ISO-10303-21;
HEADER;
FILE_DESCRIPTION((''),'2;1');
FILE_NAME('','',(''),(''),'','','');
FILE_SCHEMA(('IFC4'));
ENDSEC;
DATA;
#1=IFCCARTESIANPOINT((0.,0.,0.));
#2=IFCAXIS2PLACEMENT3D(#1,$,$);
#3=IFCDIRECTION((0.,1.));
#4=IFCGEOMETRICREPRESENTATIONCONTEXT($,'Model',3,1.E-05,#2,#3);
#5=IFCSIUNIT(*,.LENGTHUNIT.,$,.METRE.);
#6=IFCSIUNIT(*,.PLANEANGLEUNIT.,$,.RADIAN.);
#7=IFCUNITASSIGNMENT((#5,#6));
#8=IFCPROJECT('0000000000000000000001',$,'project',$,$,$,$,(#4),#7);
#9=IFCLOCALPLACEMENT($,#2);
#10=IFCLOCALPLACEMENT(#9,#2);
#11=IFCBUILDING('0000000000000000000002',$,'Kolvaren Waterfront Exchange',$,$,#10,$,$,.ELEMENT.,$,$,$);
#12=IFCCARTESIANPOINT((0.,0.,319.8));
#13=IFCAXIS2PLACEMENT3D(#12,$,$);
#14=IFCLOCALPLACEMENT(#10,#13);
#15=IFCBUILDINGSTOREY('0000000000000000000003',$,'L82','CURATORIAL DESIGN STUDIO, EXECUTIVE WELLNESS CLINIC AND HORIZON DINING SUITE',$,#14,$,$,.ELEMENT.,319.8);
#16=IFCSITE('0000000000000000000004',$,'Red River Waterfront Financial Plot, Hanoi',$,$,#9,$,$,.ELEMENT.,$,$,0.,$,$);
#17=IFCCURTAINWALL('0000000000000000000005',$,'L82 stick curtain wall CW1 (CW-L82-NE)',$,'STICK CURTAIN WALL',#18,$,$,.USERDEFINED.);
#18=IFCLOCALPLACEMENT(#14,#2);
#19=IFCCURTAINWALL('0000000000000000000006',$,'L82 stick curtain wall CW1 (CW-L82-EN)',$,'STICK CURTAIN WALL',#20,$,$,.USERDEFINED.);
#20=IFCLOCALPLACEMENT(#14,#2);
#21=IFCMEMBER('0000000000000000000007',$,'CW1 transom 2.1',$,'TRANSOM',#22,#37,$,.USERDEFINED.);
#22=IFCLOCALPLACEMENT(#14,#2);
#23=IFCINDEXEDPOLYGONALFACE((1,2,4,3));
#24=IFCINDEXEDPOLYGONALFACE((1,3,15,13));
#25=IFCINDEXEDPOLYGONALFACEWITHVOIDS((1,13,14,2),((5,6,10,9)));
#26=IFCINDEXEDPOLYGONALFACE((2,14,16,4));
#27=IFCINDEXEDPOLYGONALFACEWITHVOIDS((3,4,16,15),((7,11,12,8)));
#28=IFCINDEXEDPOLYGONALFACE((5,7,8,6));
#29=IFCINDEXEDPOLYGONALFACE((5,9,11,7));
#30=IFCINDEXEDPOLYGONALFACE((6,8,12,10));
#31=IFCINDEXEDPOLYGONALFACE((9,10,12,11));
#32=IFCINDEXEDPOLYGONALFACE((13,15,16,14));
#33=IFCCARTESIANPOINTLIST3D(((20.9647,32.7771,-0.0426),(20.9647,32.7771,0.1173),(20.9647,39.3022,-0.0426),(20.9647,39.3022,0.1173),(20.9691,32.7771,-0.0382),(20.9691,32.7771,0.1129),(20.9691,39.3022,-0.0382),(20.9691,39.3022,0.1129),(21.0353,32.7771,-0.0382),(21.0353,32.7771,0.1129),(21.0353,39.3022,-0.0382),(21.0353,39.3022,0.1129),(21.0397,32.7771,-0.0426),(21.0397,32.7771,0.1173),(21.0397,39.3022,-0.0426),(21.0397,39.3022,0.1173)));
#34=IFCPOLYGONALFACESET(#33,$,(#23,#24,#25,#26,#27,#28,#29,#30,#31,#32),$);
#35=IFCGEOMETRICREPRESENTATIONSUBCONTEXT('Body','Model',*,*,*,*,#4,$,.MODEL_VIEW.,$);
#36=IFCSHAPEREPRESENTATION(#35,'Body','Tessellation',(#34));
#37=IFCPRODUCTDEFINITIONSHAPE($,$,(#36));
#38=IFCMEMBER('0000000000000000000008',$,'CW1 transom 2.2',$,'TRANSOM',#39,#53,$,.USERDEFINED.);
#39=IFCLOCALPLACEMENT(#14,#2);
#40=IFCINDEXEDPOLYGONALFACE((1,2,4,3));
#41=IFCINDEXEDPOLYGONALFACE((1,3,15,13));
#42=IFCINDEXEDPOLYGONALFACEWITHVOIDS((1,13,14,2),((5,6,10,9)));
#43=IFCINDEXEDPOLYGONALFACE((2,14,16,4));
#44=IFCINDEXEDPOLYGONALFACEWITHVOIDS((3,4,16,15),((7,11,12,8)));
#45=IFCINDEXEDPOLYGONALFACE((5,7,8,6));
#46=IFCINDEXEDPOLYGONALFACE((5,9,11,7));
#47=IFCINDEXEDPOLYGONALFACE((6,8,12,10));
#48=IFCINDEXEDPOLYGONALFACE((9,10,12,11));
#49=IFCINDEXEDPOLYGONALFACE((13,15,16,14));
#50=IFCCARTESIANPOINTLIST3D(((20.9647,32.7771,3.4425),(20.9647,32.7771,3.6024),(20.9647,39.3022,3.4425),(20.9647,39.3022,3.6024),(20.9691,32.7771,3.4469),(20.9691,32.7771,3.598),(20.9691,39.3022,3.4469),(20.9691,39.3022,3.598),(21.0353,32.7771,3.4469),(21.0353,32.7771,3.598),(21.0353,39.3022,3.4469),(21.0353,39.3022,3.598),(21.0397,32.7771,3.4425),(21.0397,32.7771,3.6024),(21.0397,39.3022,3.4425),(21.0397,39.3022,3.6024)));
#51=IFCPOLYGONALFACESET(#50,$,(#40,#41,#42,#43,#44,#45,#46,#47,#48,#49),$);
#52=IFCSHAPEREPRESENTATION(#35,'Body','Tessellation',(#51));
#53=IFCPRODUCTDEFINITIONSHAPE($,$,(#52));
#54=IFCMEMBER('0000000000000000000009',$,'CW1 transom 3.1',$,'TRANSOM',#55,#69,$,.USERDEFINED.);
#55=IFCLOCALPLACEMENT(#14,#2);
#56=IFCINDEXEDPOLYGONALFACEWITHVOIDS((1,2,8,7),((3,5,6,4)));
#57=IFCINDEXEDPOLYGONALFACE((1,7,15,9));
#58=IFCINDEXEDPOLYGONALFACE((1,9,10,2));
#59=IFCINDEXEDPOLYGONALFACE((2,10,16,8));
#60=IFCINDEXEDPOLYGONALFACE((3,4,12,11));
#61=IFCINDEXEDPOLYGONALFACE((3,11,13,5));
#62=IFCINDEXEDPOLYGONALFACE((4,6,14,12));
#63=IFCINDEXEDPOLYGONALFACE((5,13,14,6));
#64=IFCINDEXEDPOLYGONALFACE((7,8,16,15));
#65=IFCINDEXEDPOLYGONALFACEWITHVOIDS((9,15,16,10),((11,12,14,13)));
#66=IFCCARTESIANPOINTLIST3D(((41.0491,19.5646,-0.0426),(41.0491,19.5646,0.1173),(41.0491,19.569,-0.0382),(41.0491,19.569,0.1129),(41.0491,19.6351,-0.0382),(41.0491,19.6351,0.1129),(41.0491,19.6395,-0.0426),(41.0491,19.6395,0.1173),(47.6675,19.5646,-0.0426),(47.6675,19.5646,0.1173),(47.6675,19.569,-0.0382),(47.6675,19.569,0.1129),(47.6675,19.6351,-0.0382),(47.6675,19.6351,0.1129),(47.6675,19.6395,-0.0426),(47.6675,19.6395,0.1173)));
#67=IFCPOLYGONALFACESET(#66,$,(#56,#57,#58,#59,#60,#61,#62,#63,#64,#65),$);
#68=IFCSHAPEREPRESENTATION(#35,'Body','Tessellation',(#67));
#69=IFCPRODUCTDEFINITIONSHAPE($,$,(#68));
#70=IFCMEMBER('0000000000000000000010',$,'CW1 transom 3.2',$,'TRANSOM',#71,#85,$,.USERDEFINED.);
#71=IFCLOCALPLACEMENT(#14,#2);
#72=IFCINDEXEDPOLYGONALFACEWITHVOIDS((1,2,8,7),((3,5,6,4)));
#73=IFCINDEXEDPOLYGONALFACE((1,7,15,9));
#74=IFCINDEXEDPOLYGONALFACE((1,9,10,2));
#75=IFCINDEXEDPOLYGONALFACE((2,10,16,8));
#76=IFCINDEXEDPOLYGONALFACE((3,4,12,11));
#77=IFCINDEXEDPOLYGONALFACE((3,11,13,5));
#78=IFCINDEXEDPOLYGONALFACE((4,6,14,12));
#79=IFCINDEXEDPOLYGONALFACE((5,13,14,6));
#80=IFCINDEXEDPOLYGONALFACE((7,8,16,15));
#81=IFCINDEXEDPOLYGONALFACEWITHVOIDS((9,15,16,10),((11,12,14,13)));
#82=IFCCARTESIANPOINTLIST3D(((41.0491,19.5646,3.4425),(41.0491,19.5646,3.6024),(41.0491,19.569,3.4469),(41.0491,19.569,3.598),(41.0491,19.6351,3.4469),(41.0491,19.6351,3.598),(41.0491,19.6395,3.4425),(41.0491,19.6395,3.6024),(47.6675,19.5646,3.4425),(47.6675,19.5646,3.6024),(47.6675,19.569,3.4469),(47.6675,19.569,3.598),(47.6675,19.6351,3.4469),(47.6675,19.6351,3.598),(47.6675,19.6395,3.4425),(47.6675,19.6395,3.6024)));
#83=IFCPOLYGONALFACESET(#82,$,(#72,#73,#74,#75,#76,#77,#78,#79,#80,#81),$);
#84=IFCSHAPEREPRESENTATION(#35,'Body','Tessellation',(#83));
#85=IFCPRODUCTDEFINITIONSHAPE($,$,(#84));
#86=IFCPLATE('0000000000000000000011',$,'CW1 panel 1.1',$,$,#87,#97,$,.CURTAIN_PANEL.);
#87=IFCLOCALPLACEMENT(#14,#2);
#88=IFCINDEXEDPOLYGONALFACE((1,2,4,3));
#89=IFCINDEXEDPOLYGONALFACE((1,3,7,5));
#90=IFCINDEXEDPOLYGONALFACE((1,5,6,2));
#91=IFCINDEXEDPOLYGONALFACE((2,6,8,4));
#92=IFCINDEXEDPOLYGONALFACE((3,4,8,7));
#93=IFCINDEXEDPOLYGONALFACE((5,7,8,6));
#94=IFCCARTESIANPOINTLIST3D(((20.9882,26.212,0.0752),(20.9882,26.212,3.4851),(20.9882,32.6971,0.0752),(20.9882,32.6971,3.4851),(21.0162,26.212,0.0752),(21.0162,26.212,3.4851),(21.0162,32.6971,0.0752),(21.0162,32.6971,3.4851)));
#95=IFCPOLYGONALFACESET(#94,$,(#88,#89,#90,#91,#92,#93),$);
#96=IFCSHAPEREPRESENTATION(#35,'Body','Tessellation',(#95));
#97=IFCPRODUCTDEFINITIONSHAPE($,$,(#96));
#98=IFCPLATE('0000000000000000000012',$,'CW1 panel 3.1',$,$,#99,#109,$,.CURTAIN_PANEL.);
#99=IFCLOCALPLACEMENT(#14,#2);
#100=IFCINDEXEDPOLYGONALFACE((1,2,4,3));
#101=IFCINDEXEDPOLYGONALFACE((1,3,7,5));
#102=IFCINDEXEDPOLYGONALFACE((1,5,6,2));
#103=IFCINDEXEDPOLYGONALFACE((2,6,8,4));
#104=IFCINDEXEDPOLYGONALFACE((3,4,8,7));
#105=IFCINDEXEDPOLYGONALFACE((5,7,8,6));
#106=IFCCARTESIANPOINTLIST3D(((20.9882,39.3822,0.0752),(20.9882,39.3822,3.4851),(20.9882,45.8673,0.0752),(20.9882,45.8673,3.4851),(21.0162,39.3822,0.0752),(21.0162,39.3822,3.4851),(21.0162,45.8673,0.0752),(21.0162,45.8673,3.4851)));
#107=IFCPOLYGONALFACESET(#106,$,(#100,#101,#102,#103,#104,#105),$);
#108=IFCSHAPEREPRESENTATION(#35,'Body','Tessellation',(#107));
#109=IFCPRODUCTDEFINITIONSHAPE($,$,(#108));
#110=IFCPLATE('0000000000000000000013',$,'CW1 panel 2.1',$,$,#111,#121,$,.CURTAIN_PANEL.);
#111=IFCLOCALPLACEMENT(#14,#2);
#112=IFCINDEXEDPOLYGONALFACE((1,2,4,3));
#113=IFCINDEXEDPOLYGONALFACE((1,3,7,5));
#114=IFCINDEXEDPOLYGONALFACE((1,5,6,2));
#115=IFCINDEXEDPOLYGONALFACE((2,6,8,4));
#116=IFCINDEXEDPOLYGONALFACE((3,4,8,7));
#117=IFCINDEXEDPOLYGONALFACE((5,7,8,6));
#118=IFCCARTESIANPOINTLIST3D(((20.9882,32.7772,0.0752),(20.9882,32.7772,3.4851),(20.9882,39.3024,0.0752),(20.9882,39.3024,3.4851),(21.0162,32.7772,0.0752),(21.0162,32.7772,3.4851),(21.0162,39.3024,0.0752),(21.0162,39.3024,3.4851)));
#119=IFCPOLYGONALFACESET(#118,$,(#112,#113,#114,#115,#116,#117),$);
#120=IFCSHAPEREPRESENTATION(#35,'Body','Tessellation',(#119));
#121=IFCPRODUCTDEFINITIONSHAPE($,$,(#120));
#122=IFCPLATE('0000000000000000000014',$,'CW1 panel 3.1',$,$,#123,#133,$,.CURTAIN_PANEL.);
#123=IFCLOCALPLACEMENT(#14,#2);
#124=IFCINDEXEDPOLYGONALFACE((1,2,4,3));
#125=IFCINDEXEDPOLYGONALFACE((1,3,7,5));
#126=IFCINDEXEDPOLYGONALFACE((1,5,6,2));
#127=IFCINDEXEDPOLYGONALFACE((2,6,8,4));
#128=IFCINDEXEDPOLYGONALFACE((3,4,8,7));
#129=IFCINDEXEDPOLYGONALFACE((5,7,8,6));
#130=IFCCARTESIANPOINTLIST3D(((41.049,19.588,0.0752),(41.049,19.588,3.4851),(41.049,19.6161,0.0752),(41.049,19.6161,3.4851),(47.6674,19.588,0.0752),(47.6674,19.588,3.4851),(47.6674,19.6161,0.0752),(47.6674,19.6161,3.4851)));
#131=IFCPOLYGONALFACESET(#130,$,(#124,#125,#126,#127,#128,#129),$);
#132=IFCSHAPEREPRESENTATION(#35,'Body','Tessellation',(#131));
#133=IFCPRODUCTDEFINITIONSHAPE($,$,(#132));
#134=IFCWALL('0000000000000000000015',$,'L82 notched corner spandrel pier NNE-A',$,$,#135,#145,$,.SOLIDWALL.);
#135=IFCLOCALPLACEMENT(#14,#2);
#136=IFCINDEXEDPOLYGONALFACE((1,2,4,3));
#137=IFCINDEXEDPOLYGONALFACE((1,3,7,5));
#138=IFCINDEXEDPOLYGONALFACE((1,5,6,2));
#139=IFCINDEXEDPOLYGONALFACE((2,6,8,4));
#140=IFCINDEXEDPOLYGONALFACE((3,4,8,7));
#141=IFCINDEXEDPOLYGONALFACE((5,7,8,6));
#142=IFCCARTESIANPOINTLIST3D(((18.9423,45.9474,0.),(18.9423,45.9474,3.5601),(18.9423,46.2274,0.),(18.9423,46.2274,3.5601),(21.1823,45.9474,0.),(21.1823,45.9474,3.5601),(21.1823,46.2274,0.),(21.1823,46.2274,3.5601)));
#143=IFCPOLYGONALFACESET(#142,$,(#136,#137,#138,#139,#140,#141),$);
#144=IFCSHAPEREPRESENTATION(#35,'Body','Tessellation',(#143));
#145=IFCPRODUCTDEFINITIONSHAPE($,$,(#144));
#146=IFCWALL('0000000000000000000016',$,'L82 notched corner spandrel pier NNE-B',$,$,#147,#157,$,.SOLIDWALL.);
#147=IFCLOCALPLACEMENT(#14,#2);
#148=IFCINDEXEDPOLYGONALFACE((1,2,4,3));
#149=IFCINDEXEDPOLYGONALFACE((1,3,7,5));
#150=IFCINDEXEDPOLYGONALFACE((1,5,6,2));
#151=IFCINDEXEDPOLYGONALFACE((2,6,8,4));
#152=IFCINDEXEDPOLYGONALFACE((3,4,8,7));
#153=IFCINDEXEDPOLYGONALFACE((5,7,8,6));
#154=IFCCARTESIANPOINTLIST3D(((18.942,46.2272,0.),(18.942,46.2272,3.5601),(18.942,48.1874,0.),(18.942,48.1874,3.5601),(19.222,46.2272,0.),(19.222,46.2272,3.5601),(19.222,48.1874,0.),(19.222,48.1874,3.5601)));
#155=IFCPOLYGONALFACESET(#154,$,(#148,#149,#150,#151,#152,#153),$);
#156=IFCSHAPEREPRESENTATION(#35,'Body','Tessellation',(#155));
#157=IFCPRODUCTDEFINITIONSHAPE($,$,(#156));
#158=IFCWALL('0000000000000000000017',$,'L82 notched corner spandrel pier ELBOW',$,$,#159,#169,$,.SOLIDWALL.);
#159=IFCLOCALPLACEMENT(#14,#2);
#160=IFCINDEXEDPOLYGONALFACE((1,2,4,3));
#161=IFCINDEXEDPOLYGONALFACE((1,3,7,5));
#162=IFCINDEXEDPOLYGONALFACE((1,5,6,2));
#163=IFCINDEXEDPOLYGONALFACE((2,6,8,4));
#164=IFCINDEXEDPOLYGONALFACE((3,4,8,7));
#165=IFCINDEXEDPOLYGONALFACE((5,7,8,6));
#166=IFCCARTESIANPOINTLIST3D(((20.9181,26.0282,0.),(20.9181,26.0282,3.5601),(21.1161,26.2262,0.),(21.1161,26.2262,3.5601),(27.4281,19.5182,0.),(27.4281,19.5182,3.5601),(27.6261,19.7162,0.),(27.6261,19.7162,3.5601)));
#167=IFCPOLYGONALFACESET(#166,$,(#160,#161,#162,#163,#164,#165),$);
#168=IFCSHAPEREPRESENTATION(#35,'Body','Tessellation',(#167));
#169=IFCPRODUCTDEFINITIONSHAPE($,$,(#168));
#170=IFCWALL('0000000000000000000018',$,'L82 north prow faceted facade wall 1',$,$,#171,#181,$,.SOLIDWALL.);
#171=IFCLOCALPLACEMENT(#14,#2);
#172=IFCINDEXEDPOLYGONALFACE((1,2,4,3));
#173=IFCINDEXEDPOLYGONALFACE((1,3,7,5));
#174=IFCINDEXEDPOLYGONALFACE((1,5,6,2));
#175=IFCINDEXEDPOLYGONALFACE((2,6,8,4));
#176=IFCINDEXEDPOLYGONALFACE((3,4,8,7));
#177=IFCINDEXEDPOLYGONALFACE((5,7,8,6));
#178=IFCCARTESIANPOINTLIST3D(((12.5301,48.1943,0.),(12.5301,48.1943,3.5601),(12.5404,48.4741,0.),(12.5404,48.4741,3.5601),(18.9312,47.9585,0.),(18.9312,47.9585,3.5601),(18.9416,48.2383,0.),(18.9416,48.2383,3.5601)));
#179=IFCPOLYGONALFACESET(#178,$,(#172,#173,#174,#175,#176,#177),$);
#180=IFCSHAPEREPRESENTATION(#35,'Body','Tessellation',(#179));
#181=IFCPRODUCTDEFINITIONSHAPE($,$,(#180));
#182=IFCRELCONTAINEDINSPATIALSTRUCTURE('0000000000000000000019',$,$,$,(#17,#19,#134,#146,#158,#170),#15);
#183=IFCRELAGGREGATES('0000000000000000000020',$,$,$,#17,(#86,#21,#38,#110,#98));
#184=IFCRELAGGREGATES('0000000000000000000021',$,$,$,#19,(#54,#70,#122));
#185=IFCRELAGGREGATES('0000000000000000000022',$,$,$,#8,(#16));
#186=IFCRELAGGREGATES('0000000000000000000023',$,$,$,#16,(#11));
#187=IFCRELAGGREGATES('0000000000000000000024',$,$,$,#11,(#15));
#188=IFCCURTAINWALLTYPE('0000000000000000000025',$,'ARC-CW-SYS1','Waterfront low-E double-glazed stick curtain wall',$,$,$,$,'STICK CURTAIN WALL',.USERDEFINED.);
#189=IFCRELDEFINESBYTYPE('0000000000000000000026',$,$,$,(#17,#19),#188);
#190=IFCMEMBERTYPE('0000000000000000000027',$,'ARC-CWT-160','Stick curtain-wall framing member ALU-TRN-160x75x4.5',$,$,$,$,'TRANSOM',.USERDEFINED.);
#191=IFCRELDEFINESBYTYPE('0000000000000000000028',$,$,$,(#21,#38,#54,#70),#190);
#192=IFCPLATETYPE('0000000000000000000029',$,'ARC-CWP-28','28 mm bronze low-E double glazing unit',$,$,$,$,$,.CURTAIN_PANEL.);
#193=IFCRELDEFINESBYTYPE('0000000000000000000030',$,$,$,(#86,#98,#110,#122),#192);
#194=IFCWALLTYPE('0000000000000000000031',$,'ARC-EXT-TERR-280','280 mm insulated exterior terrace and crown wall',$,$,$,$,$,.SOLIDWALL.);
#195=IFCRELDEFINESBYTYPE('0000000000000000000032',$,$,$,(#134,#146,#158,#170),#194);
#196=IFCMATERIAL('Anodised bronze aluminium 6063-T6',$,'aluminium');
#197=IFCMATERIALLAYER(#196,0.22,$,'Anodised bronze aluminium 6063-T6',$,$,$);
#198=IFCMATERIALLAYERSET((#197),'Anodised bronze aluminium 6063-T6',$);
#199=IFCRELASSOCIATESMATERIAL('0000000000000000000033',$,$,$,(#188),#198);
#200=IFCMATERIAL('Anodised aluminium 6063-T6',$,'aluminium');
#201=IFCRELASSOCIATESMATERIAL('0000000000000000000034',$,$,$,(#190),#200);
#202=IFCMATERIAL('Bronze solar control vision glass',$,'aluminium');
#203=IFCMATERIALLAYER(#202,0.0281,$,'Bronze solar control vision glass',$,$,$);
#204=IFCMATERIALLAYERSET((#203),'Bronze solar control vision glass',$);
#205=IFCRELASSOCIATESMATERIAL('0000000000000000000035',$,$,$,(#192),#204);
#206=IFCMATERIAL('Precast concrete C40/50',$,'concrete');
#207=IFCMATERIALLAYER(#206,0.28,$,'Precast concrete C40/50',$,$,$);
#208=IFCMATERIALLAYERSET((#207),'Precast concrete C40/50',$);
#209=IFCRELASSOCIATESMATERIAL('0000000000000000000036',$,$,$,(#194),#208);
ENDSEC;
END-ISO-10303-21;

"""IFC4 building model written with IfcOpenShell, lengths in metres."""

from ifc_helpers import new_model, si_unit, direction, frame, frame_2d, origin, origin_with_axes, origin_2d, place, context, subcontext, project, spatial, rectangle, hollow_rectangle, extrude, source, transform, mapped, material, layer, layer_set, material_profile, profile_set, type_object, element, aggregate, save


model = new_model("IFC4")

# Units and contexts
model_context = context("Model", 3, precision=1e-05, world=origin(), true_north=direction((0.0, 1.0)))
body_context = subcontext(model_context, "Body", "Model", "MODEL_VIEW")
ifc_project = project(units=[si_unit("LENGTHUNIT", "METRE"), si_unit("PLANEANGLEUNIT", "RADIAN")], contexts=[model_context])

# Site, building, storey
site_placement = place(None, origin())
site = spatial("IfcSite", under=ifc_project, at=site_placement, Name="Red River Waterfront Financial Plot, Hanoi", CompositionType="ELEMENT", RefElevation=0.0)
building_placement = place(site_placement, origin())
building = spatial("IfcBuilding", under=site, at=building_placement, Name="Kolvaren Waterfront Exchange", CompositionType="ELEMENT")
storey_placement = place(building_placement, frame((0.0, 0.0, 319.8)))
storey = spatial("IfcBuildingStorey", under=building, at=storey_placement, Name="L82", Description="CURATORIAL DESIGN STUDIO, EXECUTIVE WELLNESS CLINIC AND HORIZON DINING SUITE", CompositionType="ELEMENT", Elevation=319.8)

# Curtain walls
ifc_material_1 = material(Name="Anodised bronze aluminium 6063-T6", Category="aluminium")
ifc_layer_1 = layer(ifc_material_1, 0.22, Name="Anodised bronze aluminium 6063-T6")
ifc_layer_set_1 = layer_set([ifc_layer_1], Name="Anodised bronze aluminium 6063-T6")
curtain_wall_type = type_object("IfcCurtainWallType", Name="ARC-CW-SYS1", Description="Waterfront low-E double-glazed stick curtain wall", ElementType="STICK CURTAIN WALL", PredefinedType="USERDEFINED", material=ifc_layer_set_1)
curtain_wall_1_placement = place(storey_placement, origin())
curtain_wall_1 = element("IfcCurtainWall", 1, at=curtain_wall_1_placement, inside=storey, type_object=curtain_wall_type, Name="L82 stick curtain wall CW1 (CW-L82-NE)", ObjectType="STICK CURTAIN WALL", PredefinedType="USERDEFINED")
ifc_material_2 = material(Name="Anodised aluminium 6063-T6", Category="aluminium")
curtain_wall_2_placement = place(storey_placement, origin())
curtain_wall_2 = element("IfcCurtainWall", 2, at=curtain_wall_2_placement, inside=storey, type_object=curtain_wall_type, Name="L82 stick curtain wall CW1 (CW-L82-EN)", ObjectType="STICK CURTAIN WALL", PredefinedType="USERDEFINED")

# Members
ifc_material_profile_1 = material_profile(ifc_material_2, hollow_rectangle(XDim=0.075, YDim=0.1599, WallThickness=0.0044, at=origin_2d()), Name="ALU-TRN-160x75x4.5")
ifc_profile_set_1 = profile_set([ifc_material_profile_1], Name="Anodised aluminium 6063-T6")
member_type_1 = type_object("IfcMemberType", Name="ARC-CWT-160", Description="Stick curtain-wall framing member ALU-TRN-160x75x4.5", ElementType="TRANSOM", PredefinedType="USERDEFINED", material=ifc_profile_set_1)
shared_shape_1 = source(origin_with_axes(), body_context, "Body", "SweptSolid", [
    extrude(hollow_rectangle(XDim=0.075, YDim=0.1599, WallThickness=0.0044, at=origin_2d()), origin(), (0.0, 0.0, 1.0), 6.5251),
])
member_1_placement = place(storey_placement, frame((21.0022, 32.7771, 0.0374), z_axis=(0.0, 1.0, 0.0), x_axis=(-1.0, 0.0, 0.0)))
member_1 = element("IfcMember", 3, at=member_1_placement, type_object=member_type_1, Name="CW1 transom 2.1", ObjectType="TRANSOM", PredefinedType="USERDEFINED", context=body_context, shape_type="MappedRepresentation", body=[
    mapped(shared_shape_1, transform((0.0, 0.0, 0.0), x_axis=(1.0, 0.0, 0.0), y_axis=(0.0, 1.0, 0.0), z_axis=(0.0, 0.0, 1.0), scale=1.0)),
])
member_2_placement = place(storey_placement, frame((21.0022, 32.7771, 3.5225), z_axis=(0.0, 1.0, 0.0), x_axis=(-1.0, 0.0, 0.0)))
member_2 = element("IfcMember", 4, at=member_2_placement, type_object=member_type_1, Name="CW1 transom 2.2", ObjectType="TRANSOM", PredefinedType="USERDEFINED", context=body_context, shape_type="MappedRepresentation", body=[
    mapped(shared_shape_1, transform((0.0, 0.0, 0.0), x_axis=(1.0, 0.0, 0.0), y_axis=(0.0, 1.0, 0.0), z_axis=(0.0, 0.0, 1.0), scale=1.0)),
])
shared_shape_2 = source(origin_with_axes(), body_context, "Body", "SweptSolid", [
    extrude(hollow_rectangle(XDim=0.075, YDim=0.1599, WallThickness=0.0044, at=origin_2d()), origin(), (0.0, 0.0, 1.0), 6.6184),
])
member_3_placement = place(storey_placement, frame((41.0491, 19.6021, 0.0374), z_axis=(1.0, 0.0, 0.0), x_axis=(0.0, 1.0, 0.0)))
member_3 = element("IfcMember", 5, at=member_3_placement, type_object=member_type_1, Name="CW1 transom 3.1", ObjectType="TRANSOM", PredefinedType="USERDEFINED", context=body_context, shape_type="MappedRepresentation", body=[
    mapped(shared_shape_2, transform((0.0, 0.0, 0.0), x_axis=(1.0, 0.0, 0.0), y_axis=(0.0, 1.0, 0.0), z_axis=(0.0, 0.0, 1.0), scale=1.0)),
])
member_4_placement = place(storey_placement, frame((41.0491, 19.6021, 3.5225), z_axis=(1.0, 0.0, 0.0), x_axis=(0.0, 1.0, 0.0)))
member_4 = element("IfcMember", 6, at=member_4_placement, type_object=member_type_1, Name="CW1 transom 3.2", ObjectType="TRANSOM", PredefinedType="USERDEFINED", context=body_context, shape_type="MappedRepresentation", body=[
    mapped(shared_shape_2, transform((0.0, 0.0, 0.0), x_axis=(1.0, 0.0, 0.0), y_axis=(0.0, 1.0, 0.0), z_axis=(0.0, 0.0, 1.0), scale=1.0)),
])

# Plates
ifc_material_3 = material(Name="Bronze solar control vision glass", Category="aluminium")
ifc_layer_2 = layer(ifc_material_3, 0.0281, Name="Bronze solar control vision glass")
ifc_layer_set_2 = layer_set([ifc_layer_2], Name="Bronze solar control vision glass")
plate_type = type_object("IfcPlateType", Name="ARC-CWP-28", Description="28 mm bronze low-E double glazing unit", PredefinedType="CURTAIN_PANEL", material=ifc_layer_set_2)
shared_shape_3 = source(origin_with_axes(), body_context, "Body", "SweptSolid", [
    extrude(rectangle(XDim=6.4851, YDim=0.0281, at=origin_2d()), origin(), (0.0, 0.0, 1.0), 3.4099),
])
plate_1_placement = place(storey_placement, frame((21.0022, 29.4546, 0.0752), z_axis=(0.0, 0.0, 1.0), x_axis=(0.0, 1.0, 0.0)))
plate_1 = element("IfcPlate", 7, at=plate_1_placement, type_object=plate_type, Name="CW1 panel 1.1", PredefinedType="CURTAIN_PANEL", context=body_context, shape_type="MappedRepresentation", body=[
    mapped(shared_shape_3, transform((0.0, 0.0, 0.0), x_axis=(1.0, 0.0, 0.0), y_axis=(0.0, 1.0, 0.0), z_axis=(0.0, 0.0, 1.0), scale=1.0)),
])
plate_2_placement = place(storey_placement, frame((21.0022, 42.6248, 0.0752), z_axis=(0.0, 0.0, 1.0), x_axis=(0.0, 1.0, 0.0)))
plate_2 = element("IfcPlate", 8, at=plate_2_placement, type_object=plate_type, Name="CW1 panel 3.1", PredefinedType="CURTAIN_PANEL", context=body_context, shape_type="MappedRepresentation", body=[
    mapped(shared_shape_3, transform((0.0, 0.0, 0.0), x_axis=(1.0, 0.0, 0.0), y_axis=(0.0, 1.0, 0.0), z_axis=(0.0, 0.0, 1.0), scale=1.0)),
])
shared_shape_4 = source(origin_with_axes(), body_context, "Body", "SweptSolid", [
    extrude(rectangle(XDim=6.5251, YDim=0.0281, at=origin_2d()), origin(), (0.0, 0.0, 1.0), 3.4099),
])
plate_3_placement = place(storey_placement, frame((21.0022, 36.0398, 0.0752), z_axis=(0.0, 0.0, 1.0), x_axis=(0.0, 1.0, 0.0)))
plate_3 = element("IfcPlate", 9, at=plate_3_placement, type_object=plate_type, Name="CW1 panel 2.1", PredefinedType="CURTAIN_PANEL", context=body_context, shape_type="MappedRepresentation", body=[
    mapped(shared_shape_4, transform((0.0, 0.0, 0.0), x_axis=(1.0, 0.0, 0.0), y_axis=(0.0, 1.0, 0.0), z_axis=(0.0, 0.0, 1.0), scale=1.0)),
])
aggregate(curtain_wall_1, [plate_1, member_1, member_2, plate_3, plate_2])
shared_shape_5 = source(origin_with_axes(), body_context, "Body", "SweptSolid", [
    extrude(rectangle(XDim=6.6184, YDim=0.0281, at=origin_2d()), origin(), (0.0, 0.0, 1.0), 3.4099),
])
plate_4_placement = place(storey_placement, frame((44.3582, 19.6021, 0.0752), z_axis=(0.0, 0.0, 1.0), x_axis=(1.0, 0.0, 0.0)))
plate_4 = element("IfcPlate", 10, at=plate_4_placement, type_object=plate_type, Name="CW1 panel 3.1", PredefinedType="CURTAIN_PANEL", context=body_context, shape_type="MappedRepresentation", body=[
    mapped(shared_shape_5, transform((0.0, 0.0, 0.0), x_axis=(1.0, 0.0, 0.0), y_axis=(0.0, 1.0, 0.0), z_axis=(0.0, 0.0, 1.0), scale=1.0)),
])
aggregate(curtain_wall_2, [member_3, member_4, plate_4])

# Walls
ifc_material_4 = material(Name="Precast concrete C40/50", Category="concrete")
ifc_layer_3 = layer(ifc_material_4, 0.28, Name="Precast concrete C40/50")
ifc_layer_set_3 = layer_set([ifc_layer_3], Name="Precast concrete C40/50")
wall_type = type_object("IfcWallType", Name="ARC-EXT-TERR-280", Description="280 mm insulated exterior terrace and crown wall", PredefinedType="SOLIDWALL", material=ifc_layer_set_3)
wall_1_placement = place(storey_placement, frame((18.9421, 46.0874, 0.0), z_axis=(0.0, 0.0, 1.0), x_axis=(1.0, 0.0, 0.0)))
element("IfcWall", 11, at=wall_1_placement, inside=storey, type_object=wall_type, Name="L82 notched corner spandrel pier NNE-A", PredefinedType="SOLIDWALL", context=body_context, shape_type="SweptSolid", body=[
    extrude(rectangle(XDim=2.24, YDim=0.28, at=frame_2d((1.1201, 0.0))), origin(), (0.0, 0.0, 1.0), 3.5601),
])
wall_2_placement = place(storey_placement, frame((19.082, 46.2273, 0.0), z_axis=(0.0, 0.0, 1.0), x_axis=(0.0, 1.0, 0.0)))
element("IfcWall", 12, at=wall_2_placement, inside=storey, type_object=wall_type, Name="L82 notched corner spandrel pier NNE-B", PredefinedType="SOLIDWALL", context=body_context, shape_type="SweptSolid", body=[
    extrude(rectangle(XDim=1.9602, YDim=0.28, at=frame_2d((0.98, 0.0))), origin(), (0.0, 0.0, 1.0), 3.5601),
])
wall_3_placement = place(storey_placement, frame((27.5271, 19.6172, 0.0), z_axis=(0.0, 0.0, 1.0), x_axis=(-0.707107, 0.707107, 0.0)))
element("IfcWall", 13, at=wall_3_placement, inside=storey, type_object=wall_type, Name="L82 notched corner spandrel pier ELBOW", PredefinedType="SOLIDWALL", context=body_context, shape_type="SweptSolid", body=[
    extrude(rectangle(XDim=9.2065, YDim=0.28, at=frame_2d((4.6033, 0.0))), origin(), (0.0, 0.0, 1.0), 3.5601),
])
wall_4_placement = place(storey_placement, frame((18.9363, 48.0984, 0.0), z_axis=(0.0, 0.0, 1.0), x_axis=(-0.999322, 0.036819, 0.0)))
element("IfcWall", 14, at=wall_4_placement, inside=storey, type_object=wall_type, Name="L82 north prow faceted facade wall 1", PredefinedType="SOLIDWALL", context=body_context, shape_type="SweptSolid", body=[
    extrude(rectangle(XDim=6.4055, YDim=0.28, at=frame_2d((3.2026, 0.0))), origin(), (0.0, 0.0, 1.0), 3.5601),
])

save(model, "model.ifc")
